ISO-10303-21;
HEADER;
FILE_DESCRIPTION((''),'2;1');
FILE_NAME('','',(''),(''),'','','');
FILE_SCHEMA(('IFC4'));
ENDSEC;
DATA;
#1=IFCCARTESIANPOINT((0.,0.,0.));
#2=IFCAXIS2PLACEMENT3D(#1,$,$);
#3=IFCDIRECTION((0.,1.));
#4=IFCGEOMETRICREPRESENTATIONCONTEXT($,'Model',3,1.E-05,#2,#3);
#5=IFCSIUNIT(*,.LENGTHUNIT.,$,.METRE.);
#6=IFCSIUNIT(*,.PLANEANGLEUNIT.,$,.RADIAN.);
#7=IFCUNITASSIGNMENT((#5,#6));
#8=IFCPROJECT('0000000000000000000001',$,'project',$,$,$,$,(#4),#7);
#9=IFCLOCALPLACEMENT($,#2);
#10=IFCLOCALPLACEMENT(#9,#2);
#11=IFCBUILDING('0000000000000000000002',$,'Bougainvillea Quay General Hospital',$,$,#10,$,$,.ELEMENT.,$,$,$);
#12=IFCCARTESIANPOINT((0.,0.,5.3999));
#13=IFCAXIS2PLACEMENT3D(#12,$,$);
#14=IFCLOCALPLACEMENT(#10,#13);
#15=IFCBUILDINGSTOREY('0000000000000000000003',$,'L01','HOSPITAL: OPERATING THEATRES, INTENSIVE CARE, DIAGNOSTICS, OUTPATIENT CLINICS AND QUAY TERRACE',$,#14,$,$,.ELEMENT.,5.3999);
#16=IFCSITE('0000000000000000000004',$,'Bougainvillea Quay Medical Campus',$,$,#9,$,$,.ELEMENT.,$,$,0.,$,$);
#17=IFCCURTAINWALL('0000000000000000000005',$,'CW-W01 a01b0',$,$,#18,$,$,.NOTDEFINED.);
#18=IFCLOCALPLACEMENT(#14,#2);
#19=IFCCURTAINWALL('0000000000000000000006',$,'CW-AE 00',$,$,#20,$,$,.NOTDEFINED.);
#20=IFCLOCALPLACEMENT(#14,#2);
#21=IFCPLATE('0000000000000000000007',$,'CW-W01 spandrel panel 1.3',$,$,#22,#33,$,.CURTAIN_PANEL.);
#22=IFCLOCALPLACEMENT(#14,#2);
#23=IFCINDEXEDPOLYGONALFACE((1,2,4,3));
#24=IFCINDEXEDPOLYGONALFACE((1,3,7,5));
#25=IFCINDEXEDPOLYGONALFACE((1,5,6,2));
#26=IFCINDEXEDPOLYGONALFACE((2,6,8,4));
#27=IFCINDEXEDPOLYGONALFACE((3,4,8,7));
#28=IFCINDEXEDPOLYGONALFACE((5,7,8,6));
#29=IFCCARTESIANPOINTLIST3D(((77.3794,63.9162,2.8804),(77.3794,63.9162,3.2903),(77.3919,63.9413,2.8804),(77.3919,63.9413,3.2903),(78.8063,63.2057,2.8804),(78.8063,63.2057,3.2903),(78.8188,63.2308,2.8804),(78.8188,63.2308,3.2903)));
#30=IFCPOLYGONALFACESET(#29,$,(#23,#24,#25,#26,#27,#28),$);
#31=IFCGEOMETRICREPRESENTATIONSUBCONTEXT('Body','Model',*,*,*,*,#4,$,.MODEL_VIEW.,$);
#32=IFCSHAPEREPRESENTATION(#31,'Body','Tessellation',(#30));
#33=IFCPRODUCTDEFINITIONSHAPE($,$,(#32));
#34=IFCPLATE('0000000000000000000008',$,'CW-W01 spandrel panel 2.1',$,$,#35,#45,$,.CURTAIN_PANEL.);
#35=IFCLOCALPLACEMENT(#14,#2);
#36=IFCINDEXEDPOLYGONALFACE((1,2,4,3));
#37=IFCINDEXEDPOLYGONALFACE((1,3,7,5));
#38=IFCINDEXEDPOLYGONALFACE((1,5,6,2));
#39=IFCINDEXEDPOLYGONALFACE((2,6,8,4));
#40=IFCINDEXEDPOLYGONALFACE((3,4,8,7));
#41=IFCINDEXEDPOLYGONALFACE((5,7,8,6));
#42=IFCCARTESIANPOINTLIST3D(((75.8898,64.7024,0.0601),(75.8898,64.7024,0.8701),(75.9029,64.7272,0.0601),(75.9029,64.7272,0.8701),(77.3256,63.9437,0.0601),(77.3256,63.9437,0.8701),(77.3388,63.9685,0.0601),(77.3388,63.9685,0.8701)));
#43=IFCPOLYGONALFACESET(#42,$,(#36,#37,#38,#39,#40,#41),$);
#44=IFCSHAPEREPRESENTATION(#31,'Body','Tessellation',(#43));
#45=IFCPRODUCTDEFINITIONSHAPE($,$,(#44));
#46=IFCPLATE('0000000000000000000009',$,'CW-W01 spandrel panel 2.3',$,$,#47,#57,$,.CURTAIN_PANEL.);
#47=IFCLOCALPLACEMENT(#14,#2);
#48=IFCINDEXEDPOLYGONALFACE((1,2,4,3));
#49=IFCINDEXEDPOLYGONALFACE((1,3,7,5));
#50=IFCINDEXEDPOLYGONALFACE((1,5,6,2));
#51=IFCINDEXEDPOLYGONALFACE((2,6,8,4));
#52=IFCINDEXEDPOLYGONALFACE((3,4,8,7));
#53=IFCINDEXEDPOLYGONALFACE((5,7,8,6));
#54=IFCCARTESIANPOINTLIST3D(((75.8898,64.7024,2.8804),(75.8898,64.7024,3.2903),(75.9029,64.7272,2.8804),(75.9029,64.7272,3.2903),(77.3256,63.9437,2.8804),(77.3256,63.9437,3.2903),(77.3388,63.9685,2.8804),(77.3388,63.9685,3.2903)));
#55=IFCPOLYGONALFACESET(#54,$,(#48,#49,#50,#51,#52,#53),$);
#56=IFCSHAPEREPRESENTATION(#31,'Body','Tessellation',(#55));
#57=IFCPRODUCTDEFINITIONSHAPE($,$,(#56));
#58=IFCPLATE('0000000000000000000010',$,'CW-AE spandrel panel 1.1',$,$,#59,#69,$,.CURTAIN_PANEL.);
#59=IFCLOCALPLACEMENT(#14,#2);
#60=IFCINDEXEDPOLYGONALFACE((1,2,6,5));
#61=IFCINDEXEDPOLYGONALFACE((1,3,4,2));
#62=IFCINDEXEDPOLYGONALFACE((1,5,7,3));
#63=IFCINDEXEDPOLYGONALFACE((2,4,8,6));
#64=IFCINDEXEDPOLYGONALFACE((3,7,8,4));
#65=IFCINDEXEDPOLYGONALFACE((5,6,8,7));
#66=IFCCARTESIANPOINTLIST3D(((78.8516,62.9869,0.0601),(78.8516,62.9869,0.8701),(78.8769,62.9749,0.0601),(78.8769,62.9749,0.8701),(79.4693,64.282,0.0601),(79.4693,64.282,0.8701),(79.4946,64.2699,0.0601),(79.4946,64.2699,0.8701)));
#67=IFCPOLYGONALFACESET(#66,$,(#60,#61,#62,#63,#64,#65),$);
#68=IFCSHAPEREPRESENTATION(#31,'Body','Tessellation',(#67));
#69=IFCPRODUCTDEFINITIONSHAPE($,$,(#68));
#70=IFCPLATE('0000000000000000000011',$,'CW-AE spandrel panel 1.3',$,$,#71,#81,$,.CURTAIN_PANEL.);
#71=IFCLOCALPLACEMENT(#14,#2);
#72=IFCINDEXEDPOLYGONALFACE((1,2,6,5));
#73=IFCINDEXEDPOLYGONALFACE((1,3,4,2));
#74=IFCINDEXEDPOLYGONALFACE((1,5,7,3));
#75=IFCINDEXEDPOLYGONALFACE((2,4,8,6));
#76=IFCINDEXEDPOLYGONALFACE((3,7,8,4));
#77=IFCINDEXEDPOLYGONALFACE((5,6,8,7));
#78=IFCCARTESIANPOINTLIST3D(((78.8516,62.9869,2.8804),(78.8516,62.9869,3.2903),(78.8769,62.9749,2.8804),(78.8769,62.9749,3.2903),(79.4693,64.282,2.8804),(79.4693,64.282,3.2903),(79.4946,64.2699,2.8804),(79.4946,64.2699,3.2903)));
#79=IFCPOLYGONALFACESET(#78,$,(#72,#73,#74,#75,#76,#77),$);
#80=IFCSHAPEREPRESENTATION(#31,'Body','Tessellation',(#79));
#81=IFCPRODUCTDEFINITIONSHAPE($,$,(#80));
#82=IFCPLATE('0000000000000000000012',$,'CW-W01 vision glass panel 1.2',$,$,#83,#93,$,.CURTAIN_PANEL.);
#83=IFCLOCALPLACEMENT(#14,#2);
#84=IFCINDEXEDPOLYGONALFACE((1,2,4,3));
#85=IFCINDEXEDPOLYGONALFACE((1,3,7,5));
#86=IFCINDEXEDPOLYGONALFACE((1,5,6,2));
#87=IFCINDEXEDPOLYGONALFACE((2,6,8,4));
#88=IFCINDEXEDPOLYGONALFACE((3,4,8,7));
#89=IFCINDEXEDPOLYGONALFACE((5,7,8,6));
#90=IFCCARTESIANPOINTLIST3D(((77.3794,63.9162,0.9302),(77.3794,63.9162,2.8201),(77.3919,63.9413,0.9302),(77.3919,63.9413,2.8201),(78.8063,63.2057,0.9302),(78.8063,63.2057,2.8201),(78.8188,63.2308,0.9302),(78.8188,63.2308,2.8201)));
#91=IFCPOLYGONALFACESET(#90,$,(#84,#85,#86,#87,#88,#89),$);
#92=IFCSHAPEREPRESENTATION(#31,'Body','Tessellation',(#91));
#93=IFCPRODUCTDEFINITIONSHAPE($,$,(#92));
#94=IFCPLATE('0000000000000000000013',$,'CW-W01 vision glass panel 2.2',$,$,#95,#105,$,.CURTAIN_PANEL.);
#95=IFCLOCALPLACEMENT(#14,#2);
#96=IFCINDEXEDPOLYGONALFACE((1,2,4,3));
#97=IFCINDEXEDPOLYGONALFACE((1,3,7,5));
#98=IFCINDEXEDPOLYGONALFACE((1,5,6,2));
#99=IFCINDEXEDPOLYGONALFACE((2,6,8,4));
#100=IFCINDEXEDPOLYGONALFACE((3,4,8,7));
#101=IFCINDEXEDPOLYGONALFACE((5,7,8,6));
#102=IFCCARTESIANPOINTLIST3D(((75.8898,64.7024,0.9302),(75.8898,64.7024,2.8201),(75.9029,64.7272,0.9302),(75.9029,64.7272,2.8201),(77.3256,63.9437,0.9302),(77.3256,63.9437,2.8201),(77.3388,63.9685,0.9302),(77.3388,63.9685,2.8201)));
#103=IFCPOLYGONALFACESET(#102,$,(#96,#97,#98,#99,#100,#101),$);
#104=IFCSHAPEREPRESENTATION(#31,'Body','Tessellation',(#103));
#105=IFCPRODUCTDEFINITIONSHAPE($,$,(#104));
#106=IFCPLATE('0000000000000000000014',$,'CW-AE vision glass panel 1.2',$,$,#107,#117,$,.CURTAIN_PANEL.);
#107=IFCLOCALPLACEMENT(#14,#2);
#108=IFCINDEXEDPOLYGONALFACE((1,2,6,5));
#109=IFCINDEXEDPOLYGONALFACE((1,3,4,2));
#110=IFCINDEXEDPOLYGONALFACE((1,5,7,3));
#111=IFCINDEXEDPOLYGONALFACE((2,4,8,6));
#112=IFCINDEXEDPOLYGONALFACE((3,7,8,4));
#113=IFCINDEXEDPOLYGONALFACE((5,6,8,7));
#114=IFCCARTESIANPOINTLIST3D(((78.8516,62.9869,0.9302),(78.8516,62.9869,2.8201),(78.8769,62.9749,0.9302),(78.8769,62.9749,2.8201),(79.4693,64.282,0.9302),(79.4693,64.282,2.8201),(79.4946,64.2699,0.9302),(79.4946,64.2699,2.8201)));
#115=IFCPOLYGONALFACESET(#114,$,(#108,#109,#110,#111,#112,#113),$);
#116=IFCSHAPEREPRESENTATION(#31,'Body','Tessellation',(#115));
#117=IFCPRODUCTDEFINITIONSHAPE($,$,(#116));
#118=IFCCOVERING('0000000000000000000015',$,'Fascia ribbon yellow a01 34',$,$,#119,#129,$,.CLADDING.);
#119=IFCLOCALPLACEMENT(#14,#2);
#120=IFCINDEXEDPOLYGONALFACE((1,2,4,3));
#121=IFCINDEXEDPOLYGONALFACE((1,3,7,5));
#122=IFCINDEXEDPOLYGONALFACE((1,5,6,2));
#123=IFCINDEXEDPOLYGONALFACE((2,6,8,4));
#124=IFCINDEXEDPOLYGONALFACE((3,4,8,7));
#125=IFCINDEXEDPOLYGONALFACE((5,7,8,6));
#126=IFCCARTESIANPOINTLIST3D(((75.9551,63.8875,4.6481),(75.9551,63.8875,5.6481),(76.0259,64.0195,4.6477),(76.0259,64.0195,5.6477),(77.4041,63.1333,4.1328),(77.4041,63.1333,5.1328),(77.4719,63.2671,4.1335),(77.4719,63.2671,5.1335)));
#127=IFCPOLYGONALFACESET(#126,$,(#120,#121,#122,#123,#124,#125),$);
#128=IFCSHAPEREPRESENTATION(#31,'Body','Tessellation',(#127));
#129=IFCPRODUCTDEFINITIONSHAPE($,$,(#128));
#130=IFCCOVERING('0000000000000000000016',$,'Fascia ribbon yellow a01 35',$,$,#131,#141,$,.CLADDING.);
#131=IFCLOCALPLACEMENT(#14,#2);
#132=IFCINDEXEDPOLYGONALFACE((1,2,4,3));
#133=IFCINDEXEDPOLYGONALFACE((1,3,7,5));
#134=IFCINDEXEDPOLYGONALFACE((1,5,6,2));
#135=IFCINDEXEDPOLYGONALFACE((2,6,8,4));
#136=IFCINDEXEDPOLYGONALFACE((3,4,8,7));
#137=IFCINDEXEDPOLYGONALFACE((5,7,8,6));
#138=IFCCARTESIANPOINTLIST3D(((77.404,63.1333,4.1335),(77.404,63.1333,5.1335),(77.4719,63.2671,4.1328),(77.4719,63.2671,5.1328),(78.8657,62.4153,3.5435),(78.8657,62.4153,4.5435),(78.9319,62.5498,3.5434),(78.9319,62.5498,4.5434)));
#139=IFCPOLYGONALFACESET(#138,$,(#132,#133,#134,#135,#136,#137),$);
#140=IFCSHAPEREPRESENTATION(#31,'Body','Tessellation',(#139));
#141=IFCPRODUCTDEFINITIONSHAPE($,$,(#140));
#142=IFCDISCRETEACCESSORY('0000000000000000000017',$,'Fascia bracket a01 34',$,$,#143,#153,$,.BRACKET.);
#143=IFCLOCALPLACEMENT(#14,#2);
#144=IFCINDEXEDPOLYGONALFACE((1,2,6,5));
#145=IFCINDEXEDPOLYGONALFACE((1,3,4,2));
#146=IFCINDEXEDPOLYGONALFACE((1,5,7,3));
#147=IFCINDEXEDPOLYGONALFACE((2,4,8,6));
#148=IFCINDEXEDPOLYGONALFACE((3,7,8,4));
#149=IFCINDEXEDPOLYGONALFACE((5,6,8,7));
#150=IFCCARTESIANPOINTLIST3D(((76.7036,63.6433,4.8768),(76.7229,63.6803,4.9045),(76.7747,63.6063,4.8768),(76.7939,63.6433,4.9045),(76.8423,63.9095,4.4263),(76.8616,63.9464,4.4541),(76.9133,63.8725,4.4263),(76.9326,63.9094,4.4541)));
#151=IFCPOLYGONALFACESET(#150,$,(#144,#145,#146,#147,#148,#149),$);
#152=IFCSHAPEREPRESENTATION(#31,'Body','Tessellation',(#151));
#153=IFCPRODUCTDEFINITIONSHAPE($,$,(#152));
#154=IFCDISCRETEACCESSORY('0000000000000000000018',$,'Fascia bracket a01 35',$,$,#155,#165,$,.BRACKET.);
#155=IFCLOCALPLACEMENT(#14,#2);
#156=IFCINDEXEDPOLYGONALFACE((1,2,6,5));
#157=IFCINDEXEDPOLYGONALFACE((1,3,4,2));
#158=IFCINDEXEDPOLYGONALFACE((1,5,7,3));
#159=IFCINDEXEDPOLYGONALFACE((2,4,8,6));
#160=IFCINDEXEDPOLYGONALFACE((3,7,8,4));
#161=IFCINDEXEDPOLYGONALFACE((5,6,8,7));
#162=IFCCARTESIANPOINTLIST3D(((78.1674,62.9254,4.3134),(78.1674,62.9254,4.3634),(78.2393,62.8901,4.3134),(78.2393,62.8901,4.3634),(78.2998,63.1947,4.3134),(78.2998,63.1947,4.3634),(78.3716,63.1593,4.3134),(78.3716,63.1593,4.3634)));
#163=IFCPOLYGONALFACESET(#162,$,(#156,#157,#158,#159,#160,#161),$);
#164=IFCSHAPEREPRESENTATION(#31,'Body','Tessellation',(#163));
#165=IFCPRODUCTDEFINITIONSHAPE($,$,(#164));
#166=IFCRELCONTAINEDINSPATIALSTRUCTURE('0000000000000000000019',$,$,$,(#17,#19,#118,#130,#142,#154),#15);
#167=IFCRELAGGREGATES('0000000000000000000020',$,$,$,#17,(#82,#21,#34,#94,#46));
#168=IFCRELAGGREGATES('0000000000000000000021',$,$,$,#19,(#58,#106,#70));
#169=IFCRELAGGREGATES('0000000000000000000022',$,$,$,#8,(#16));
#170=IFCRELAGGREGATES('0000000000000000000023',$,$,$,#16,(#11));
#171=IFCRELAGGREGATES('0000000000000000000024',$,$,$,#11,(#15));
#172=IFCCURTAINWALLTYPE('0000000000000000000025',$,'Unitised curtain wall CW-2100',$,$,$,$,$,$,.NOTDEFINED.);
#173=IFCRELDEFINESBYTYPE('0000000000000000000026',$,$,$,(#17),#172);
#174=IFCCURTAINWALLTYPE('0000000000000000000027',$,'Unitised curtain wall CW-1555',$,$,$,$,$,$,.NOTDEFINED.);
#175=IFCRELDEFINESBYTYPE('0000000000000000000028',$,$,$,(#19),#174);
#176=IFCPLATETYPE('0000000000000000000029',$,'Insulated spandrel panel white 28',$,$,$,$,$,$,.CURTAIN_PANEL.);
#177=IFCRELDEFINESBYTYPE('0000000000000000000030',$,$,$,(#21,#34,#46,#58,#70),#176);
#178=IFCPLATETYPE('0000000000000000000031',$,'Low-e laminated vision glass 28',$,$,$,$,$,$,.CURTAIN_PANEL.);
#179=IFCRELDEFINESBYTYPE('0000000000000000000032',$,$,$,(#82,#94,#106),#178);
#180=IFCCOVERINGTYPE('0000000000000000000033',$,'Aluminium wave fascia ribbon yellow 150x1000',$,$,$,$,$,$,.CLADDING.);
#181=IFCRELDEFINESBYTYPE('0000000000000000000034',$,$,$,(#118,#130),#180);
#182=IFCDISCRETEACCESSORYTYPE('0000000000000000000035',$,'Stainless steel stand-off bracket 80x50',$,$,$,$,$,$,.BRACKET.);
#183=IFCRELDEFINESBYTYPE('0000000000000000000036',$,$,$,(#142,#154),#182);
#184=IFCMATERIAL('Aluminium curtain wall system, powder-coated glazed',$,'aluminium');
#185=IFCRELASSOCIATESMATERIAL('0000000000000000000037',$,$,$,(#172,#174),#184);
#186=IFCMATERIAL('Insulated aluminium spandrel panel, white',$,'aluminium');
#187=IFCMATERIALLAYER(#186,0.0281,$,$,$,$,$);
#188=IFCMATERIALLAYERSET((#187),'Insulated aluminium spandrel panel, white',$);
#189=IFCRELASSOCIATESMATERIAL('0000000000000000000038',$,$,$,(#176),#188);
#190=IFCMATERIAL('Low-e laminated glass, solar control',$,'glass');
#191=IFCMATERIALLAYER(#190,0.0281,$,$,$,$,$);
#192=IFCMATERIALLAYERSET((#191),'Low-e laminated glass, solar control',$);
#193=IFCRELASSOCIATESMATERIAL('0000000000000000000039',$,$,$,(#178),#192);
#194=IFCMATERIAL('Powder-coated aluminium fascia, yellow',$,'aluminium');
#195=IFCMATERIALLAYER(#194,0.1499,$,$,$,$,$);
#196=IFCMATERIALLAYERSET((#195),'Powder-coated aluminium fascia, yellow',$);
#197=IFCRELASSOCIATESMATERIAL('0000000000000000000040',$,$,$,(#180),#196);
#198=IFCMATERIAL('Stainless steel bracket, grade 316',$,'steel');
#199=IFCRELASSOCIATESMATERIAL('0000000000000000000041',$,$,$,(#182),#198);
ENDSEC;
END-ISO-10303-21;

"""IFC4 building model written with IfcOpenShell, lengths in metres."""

from ifc_helpers import new_model, si_unit, direction, frame, origin, origin_2d, place, context, subcontext, project, spatial, polyline, rectangle, outline, extrude, material, layer, layer_set, material_profile, profile_set, type_object, element, aggregate, save


model = new_model("IFC4")

# Units and contexts
model_context = context("Model", 3, precision=1e-05, world=origin(), true_north=direction((0.0, 1.0)))
body_context = subcontext(model_context, "Body", "Model", "MODEL_VIEW")
ifc_project = project(units=[si_unit("LENGTHUNIT", "METRE"), si_unit("PLANEANGLEUNIT", "RADIAN")], contexts=[model_context])

# Site, building, storey
site_placement = place(None, origin())
site = spatial("IfcSite", under=ifc_project, at=site_placement, Name="Bougainvillea Quay Medical Campus", CompositionType="ELEMENT", RefElevation=0.0)
building_placement = place(site_placement, origin())
building = spatial("IfcBuilding", under=site, at=building_placement, Name="Bougainvillea Quay General Hospital", CompositionType="ELEMENT")
storey_placement = place(building_placement, frame((0.0, 0.0, 5.3999)))
storey = spatial("IfcBuildingStorey", under=building, at=storey_placement, Name="L01", Description="HOSPITAL: OPERATING THEATRES, INTENSIVE CARE, DIAGNOSTICS, OUTPATIENT CLINICS AND QUAY TERRACE", CompositionType="ELEMENT", Elevation=5.3999)

# Curtain walls
ifc_material_1 = material(Name="Aluminium curtain wall system, powder-coated glazed", Category="aluminium")
curtain_wall_type_1 = type_object("IfcCurtainWallType", Name="Unitised curtain wall CW-2100", PredefinedType="NOTDEFINED", material=ifc_material_1)
curtain_wall_1_placement = place(storey_placement, origin())
curtain_wall_1 = element("IfcCurtainWall", 1, at=curtain_wall_1_placement, inside=storey, type_object=curtain_wall_type_1, Name="CW-W01 a01b0", PredefinedType="NOTDEFINED")
curtain_wall_type_2 = type_object("IfcCurtainWallType", Name="Unitised curtain wall CW-1555", PredefinedType="NOTDEFINED", material=ifc_material_1)
curtain_wall_2_placement = place(storey_placement, origin())
curtain_wall_2 = element("IfcCurtainWall", 2, at=curtain_wall_2_placement, inside=storey, type_object=curtain_wall_type_2, Name="CW-AE 00", PredefinedType="NOTDEFINED")

# Plates
ifc_material_2 = material(Name="Insulated aluminium spandrel panel, white", Category="aluminium")
ifc_layer_1 = layer(ifc_material_2, 0.0281)
ifc_layer_set_1 = layer_set([ifc_layer_1], Name="Insulated aluminium spandrel panel, white")
plate_type_1 = type_object("IfcPlateType", Name="Insulated spandrel panel white 28", PredefinedType="CURTAIN_PANEL", material=ifc_layer_set_1)
plate_1_placement = place(storey_placement, frame((78.0991, 63.5735, 2.8804), z_axis=(0.0, 0.0, 1.0), x_axis=(-0.895167, 0.445731, 0.0)))
plate_1 = element("IfcPlate", 3, at=plate_1_placement, type_object=plate_type_1, Name="CW-W01 spandrel panel 1.3", PredefinedType="CURTAIN_PANEL", context=body_context, shape_type="SweptSolid", body=[
    extrude(rectangle(XDim=1.594, YDim=0.0281, at=origin_2d()), origin(), (0.0, 0.0, 1.0), 0.4099),
])
plate_2_placement = place(storey_placement, frame((76.6143, 64.3354, 0.0601), z_axis=(0.0, 0.0, 1.0), x_axis=(-0.884145, 0.467213, 0.0)))
plate_2 = element("IfcPlate", 4, at=plate_2_placement, type_object=plate_type_1, Name="CW-W01 spandrel panel 2.1", PredefinedType="CURTAIN_PANEL", context=body_context, shape_type="SweptSolid", body=[
    extrude(rectangle(XDim=1.624, YDim=0.0281, at=origin_2d()), origin(), (0.0, 0.0, 1.0), 0.8101),
])
plate_3_placement = place(storey_placement, frame((76.6143, 64.3354, 2.8804), z_axis=(0.0, 0.0, 1.0), x_axis=(-0.884145, 0.467213, 0.0)))
plate_3 = element("IfcPlate", 5, at=plate_3_placement, type_object=plate_type_1, Name="CW-W01 spandrel panel 2.3", PredefinedType="CURTAIN_PANEL", context=body_context, shape_type="SweptSolid", body=[
    extrude(rectangle(XDim=1.624, YDim=0.0281, at=origin_2d()), origin(), (0.0, 0.0, 1.0), 0.4099),
])
plate_4_placement = place(storey_placement, frame((79.1731, 63.6284, 0.0601), z_axis=(0.0, 0.0, 1.0), x_axis=(0.43053, 0.902576, 0.0)))
plate_4 = element("IfcPlate", 6, at=plate_4_placement, type_object=plate_type_1, Name="CW-AE spandrel panel 1.1", PredefinedType="CURTAIN_PANEL", context=body_context, shape_type="SweptSolid", body=[
    extrude(rectangle(XDim=1.4348, YDim=0.0281, at=origin_2d()), origin(), (0.0, 0.0, 1.0), 0.8101),
])
plate_5_placement = place(storey_placement, frame((79.1731, 63.6284, 2.8804), z_axis=(0.0, 0.0, 1.0), x_axis=(0.43053, 0.902576, 0.0)))
plate_5 = element("IfcPlate", 7, at=plate_5_placement, type_object=plate_type_1, Name="CW-AE spandrel panel 1.3", PredefinedType="CURTAIN_PANEL", context=body_context, shape_type="SweptSolid", body=[
    extrude(rectangle(XDim=1.4348, YDim=0.0281, at=origin_2d()), origin(), (0.0, 0.0, 1.0), 0.4099),
])
ifc_material_3 = material(Name="Low-e laminated glass, solar control", Category="glass")
ifc_layer_2 = layer(ifc_material_3, 0.0281)
ifc_layer_set_2 = layer_set([ifc_layer_2], Name="Low-e laminated glass, solar control")
plate_type_2 = type_object("IfcPlateType", Name="Low-e laminated vision glass 28", PredefinedType="CURTAIN_PANEL", material=ifc_layer_set_2)
plate_6_placement = place(storey_placement, frame((78.0991, 63.5735, 0.9302), z_axis=(0.0, 0.0, 1.0), x_axis=(-0.895167, 0.445731, 0.0)))
plate_6 = element("IfcPlate", 8, at=plate_6_placement, type_object=plate_type_2, Name="CW-W01 vision glass panel 1.2", PredefinedType="CURTAIN_PANEL", context=body_context, shape_type="SweptSolid", body=[
    extrude(rectangle(XDim=1.594, YDim=0.0281, at=origin_2d()), origin(), (0.0, 0.0, 1.0), 1.8899),
])
plate_7_placement = place(storey_placement, frame((76.6143, 64.3354, 0.9302), z_axis=(0.0, 0.0, 1.0), x_axis=(-0.884145, 0.467213, 0.0)))
plate_7 = element("IfcPlate", 9, at=plate_7_placement, type_object=plate_type_2, Name="CW-W01 vision glass panel 2.2", PredefinedType="CURTAIN_PANEL", context=body_context, shape_type="SweptSolid", body=[
    extrude(rectangle(XDim=1.624, YDim=0.0281, at=origin_2d()), origin(), (0.0, 0.0, 1.0), 1.8899),
])
aggregate(curtain_wall_1, [plate_6, plate_1, plate_2, plate_7, plate_3])
plate_8_placement = place(storey_placement, frame((79.1731, 63.6284, 0.9302), z_axis=(0.0, 0.0, 1.0), x_axis=(0.43053, 0.902576, 0.0)))
plate_8 = element("IfcPlate", 10, at=plate_8_placement, type_object=plate_type_2, Name="CW-AE vision glass panel 1.2", PredefinedType="CURTAIN_PANEL", context=body_context, shape_type="SweptSolid", body=[
    extrude(rectangle(XDim=1.4348, YDim=0.0281, at=origin_2d()), origin(), (0.0, 0.0, 1.0), 1.8899),
])
aggregate(curtain_wall_2, [plate_4, plate_8, plate_5])

# Coverings
ifc_material_4 = material(Name="Powder-coated aluminium fascia, yellow", Category="aluminium")
ifc_layer_3 = layer(ifc_material_4, 0.1499)
ifc_layer_set_3 = layer_set([ifc_layer_3], Name="Powder-coated aluminium fascia, yellow")
covering_type = type_object("IfcCoveringType", Name="Aluminium wave fascia ribbon yellow 150x1000", PredefinedType="CLADDING", material=ifc_layer_set_3)
covering_1_placement = place(storey_placement, frame((76.0259, 64.0195, 4.6477), z_axis=(0.266387, -0.139818, 0.953671), x_axis=(0.845994, -0.440208, -0.300849)))
element("IfcCovering", 11, at=covering_1_placement, inside=storey, type_object=covering_type, Name="Fascia ribbon yellow a01 34", PredefinedType="CLADDING", context=body_context, shape_type="SweptSolid", body=[
    extrude(outline(polyline([(0.0, 0.0), (1.7093, 0.0), (1.711, -0.15), (-0.0019, -0.1498), (0.0, 0.0)])), origin(), (-0.300849, 0.001019, 0.953671), 1.0),
])
covering_2_placement = place(storey_placement, frame((77.4719, 63.2671, 4.1328), z_axis=(0.305769, -0.150179, 0.940187), x_axis=(0.843843, -0.414584, -0.340659)))
element("IfcCovering", 12, at=covering_2_placement, inside=storey, type_object=covering_type, Name="Fascia ribbon yellow a01 35", PredefinedType="CLADDING", context=body_context, shape_type="SweptSolid", body=[
    extrude(outline(polyline([(0.0, 0.0), (1.7301, 0.0), (1.7301, -0.1499), (-0.0021, -0.15), (0.0, 0.0)])), origin(), (-0.340659, -0.000039, 0.940187), 1.0),
])

# Discrete accessories
ifc_material_5 = material(Name="Stainless steel bracket, grade 316", Category="steel")
ifc_material_profile_1 = material_profile(ifc_material_5, rectangle(XDim=0.0801, YDim=0.05, at=origin_2d()))
ifc_profile_set_1 = profile_set([ifc_material_profile_1], Name="Stainless steel bracket, grade 316")
discrete_accessory_type = type_object("IfcDiscreteAccessoryType", Name="Stainless steel stand-off bracket 80x50", PredefinedType="BRACKET", material=ifc_profile_set_1)
discrete_accessory_1_placement = place(storey_placement, frame((76.8875, 63.9094, 4.4402), z_axis=(-0.256211, -0.491672, 0.832234), x_axis=(0.886817, -0.462121, 0.0)))
element("IfcDiscreteAccessory", 13, at=discrete_accessory_1_placement, inside=storey, type_object=discrete_accessory_type, Name="Fascia bracket a01 34", PredefinedType="BRACKET", context=body_context, shape_type="SweptSolid", body=[
    extrude(rectangle(XDim=0.0801, YDim=0.05, at=origin_2d()), origin(), (0.0, 0.0, 1.0), 0.5413),
])
discrete_accessory_2_placement = place(storey_placement, frame((78.3357, 63.177, 4.3384), z_axis=(-0.441019, -0.897498, 0.0), x_axis=(0.897498, -0.441019, 0.0)))
element("IfcDiscreteAccessory", 14, at=discrete_accessory_2_placement, inside=storey, type_object=discrete_accessory_type, Name="Fascia bracket a01 35", PredefinedType="BRACKET", context=body_context, shape_type="SweptSolid", body=[
    extrude(rectangle(XDim=0.0801, YDim=0.05, at=origin_2d()), origin(), (0.0, 0.0, 1.0), 0.3),
])

save(model, "model.ifc")
